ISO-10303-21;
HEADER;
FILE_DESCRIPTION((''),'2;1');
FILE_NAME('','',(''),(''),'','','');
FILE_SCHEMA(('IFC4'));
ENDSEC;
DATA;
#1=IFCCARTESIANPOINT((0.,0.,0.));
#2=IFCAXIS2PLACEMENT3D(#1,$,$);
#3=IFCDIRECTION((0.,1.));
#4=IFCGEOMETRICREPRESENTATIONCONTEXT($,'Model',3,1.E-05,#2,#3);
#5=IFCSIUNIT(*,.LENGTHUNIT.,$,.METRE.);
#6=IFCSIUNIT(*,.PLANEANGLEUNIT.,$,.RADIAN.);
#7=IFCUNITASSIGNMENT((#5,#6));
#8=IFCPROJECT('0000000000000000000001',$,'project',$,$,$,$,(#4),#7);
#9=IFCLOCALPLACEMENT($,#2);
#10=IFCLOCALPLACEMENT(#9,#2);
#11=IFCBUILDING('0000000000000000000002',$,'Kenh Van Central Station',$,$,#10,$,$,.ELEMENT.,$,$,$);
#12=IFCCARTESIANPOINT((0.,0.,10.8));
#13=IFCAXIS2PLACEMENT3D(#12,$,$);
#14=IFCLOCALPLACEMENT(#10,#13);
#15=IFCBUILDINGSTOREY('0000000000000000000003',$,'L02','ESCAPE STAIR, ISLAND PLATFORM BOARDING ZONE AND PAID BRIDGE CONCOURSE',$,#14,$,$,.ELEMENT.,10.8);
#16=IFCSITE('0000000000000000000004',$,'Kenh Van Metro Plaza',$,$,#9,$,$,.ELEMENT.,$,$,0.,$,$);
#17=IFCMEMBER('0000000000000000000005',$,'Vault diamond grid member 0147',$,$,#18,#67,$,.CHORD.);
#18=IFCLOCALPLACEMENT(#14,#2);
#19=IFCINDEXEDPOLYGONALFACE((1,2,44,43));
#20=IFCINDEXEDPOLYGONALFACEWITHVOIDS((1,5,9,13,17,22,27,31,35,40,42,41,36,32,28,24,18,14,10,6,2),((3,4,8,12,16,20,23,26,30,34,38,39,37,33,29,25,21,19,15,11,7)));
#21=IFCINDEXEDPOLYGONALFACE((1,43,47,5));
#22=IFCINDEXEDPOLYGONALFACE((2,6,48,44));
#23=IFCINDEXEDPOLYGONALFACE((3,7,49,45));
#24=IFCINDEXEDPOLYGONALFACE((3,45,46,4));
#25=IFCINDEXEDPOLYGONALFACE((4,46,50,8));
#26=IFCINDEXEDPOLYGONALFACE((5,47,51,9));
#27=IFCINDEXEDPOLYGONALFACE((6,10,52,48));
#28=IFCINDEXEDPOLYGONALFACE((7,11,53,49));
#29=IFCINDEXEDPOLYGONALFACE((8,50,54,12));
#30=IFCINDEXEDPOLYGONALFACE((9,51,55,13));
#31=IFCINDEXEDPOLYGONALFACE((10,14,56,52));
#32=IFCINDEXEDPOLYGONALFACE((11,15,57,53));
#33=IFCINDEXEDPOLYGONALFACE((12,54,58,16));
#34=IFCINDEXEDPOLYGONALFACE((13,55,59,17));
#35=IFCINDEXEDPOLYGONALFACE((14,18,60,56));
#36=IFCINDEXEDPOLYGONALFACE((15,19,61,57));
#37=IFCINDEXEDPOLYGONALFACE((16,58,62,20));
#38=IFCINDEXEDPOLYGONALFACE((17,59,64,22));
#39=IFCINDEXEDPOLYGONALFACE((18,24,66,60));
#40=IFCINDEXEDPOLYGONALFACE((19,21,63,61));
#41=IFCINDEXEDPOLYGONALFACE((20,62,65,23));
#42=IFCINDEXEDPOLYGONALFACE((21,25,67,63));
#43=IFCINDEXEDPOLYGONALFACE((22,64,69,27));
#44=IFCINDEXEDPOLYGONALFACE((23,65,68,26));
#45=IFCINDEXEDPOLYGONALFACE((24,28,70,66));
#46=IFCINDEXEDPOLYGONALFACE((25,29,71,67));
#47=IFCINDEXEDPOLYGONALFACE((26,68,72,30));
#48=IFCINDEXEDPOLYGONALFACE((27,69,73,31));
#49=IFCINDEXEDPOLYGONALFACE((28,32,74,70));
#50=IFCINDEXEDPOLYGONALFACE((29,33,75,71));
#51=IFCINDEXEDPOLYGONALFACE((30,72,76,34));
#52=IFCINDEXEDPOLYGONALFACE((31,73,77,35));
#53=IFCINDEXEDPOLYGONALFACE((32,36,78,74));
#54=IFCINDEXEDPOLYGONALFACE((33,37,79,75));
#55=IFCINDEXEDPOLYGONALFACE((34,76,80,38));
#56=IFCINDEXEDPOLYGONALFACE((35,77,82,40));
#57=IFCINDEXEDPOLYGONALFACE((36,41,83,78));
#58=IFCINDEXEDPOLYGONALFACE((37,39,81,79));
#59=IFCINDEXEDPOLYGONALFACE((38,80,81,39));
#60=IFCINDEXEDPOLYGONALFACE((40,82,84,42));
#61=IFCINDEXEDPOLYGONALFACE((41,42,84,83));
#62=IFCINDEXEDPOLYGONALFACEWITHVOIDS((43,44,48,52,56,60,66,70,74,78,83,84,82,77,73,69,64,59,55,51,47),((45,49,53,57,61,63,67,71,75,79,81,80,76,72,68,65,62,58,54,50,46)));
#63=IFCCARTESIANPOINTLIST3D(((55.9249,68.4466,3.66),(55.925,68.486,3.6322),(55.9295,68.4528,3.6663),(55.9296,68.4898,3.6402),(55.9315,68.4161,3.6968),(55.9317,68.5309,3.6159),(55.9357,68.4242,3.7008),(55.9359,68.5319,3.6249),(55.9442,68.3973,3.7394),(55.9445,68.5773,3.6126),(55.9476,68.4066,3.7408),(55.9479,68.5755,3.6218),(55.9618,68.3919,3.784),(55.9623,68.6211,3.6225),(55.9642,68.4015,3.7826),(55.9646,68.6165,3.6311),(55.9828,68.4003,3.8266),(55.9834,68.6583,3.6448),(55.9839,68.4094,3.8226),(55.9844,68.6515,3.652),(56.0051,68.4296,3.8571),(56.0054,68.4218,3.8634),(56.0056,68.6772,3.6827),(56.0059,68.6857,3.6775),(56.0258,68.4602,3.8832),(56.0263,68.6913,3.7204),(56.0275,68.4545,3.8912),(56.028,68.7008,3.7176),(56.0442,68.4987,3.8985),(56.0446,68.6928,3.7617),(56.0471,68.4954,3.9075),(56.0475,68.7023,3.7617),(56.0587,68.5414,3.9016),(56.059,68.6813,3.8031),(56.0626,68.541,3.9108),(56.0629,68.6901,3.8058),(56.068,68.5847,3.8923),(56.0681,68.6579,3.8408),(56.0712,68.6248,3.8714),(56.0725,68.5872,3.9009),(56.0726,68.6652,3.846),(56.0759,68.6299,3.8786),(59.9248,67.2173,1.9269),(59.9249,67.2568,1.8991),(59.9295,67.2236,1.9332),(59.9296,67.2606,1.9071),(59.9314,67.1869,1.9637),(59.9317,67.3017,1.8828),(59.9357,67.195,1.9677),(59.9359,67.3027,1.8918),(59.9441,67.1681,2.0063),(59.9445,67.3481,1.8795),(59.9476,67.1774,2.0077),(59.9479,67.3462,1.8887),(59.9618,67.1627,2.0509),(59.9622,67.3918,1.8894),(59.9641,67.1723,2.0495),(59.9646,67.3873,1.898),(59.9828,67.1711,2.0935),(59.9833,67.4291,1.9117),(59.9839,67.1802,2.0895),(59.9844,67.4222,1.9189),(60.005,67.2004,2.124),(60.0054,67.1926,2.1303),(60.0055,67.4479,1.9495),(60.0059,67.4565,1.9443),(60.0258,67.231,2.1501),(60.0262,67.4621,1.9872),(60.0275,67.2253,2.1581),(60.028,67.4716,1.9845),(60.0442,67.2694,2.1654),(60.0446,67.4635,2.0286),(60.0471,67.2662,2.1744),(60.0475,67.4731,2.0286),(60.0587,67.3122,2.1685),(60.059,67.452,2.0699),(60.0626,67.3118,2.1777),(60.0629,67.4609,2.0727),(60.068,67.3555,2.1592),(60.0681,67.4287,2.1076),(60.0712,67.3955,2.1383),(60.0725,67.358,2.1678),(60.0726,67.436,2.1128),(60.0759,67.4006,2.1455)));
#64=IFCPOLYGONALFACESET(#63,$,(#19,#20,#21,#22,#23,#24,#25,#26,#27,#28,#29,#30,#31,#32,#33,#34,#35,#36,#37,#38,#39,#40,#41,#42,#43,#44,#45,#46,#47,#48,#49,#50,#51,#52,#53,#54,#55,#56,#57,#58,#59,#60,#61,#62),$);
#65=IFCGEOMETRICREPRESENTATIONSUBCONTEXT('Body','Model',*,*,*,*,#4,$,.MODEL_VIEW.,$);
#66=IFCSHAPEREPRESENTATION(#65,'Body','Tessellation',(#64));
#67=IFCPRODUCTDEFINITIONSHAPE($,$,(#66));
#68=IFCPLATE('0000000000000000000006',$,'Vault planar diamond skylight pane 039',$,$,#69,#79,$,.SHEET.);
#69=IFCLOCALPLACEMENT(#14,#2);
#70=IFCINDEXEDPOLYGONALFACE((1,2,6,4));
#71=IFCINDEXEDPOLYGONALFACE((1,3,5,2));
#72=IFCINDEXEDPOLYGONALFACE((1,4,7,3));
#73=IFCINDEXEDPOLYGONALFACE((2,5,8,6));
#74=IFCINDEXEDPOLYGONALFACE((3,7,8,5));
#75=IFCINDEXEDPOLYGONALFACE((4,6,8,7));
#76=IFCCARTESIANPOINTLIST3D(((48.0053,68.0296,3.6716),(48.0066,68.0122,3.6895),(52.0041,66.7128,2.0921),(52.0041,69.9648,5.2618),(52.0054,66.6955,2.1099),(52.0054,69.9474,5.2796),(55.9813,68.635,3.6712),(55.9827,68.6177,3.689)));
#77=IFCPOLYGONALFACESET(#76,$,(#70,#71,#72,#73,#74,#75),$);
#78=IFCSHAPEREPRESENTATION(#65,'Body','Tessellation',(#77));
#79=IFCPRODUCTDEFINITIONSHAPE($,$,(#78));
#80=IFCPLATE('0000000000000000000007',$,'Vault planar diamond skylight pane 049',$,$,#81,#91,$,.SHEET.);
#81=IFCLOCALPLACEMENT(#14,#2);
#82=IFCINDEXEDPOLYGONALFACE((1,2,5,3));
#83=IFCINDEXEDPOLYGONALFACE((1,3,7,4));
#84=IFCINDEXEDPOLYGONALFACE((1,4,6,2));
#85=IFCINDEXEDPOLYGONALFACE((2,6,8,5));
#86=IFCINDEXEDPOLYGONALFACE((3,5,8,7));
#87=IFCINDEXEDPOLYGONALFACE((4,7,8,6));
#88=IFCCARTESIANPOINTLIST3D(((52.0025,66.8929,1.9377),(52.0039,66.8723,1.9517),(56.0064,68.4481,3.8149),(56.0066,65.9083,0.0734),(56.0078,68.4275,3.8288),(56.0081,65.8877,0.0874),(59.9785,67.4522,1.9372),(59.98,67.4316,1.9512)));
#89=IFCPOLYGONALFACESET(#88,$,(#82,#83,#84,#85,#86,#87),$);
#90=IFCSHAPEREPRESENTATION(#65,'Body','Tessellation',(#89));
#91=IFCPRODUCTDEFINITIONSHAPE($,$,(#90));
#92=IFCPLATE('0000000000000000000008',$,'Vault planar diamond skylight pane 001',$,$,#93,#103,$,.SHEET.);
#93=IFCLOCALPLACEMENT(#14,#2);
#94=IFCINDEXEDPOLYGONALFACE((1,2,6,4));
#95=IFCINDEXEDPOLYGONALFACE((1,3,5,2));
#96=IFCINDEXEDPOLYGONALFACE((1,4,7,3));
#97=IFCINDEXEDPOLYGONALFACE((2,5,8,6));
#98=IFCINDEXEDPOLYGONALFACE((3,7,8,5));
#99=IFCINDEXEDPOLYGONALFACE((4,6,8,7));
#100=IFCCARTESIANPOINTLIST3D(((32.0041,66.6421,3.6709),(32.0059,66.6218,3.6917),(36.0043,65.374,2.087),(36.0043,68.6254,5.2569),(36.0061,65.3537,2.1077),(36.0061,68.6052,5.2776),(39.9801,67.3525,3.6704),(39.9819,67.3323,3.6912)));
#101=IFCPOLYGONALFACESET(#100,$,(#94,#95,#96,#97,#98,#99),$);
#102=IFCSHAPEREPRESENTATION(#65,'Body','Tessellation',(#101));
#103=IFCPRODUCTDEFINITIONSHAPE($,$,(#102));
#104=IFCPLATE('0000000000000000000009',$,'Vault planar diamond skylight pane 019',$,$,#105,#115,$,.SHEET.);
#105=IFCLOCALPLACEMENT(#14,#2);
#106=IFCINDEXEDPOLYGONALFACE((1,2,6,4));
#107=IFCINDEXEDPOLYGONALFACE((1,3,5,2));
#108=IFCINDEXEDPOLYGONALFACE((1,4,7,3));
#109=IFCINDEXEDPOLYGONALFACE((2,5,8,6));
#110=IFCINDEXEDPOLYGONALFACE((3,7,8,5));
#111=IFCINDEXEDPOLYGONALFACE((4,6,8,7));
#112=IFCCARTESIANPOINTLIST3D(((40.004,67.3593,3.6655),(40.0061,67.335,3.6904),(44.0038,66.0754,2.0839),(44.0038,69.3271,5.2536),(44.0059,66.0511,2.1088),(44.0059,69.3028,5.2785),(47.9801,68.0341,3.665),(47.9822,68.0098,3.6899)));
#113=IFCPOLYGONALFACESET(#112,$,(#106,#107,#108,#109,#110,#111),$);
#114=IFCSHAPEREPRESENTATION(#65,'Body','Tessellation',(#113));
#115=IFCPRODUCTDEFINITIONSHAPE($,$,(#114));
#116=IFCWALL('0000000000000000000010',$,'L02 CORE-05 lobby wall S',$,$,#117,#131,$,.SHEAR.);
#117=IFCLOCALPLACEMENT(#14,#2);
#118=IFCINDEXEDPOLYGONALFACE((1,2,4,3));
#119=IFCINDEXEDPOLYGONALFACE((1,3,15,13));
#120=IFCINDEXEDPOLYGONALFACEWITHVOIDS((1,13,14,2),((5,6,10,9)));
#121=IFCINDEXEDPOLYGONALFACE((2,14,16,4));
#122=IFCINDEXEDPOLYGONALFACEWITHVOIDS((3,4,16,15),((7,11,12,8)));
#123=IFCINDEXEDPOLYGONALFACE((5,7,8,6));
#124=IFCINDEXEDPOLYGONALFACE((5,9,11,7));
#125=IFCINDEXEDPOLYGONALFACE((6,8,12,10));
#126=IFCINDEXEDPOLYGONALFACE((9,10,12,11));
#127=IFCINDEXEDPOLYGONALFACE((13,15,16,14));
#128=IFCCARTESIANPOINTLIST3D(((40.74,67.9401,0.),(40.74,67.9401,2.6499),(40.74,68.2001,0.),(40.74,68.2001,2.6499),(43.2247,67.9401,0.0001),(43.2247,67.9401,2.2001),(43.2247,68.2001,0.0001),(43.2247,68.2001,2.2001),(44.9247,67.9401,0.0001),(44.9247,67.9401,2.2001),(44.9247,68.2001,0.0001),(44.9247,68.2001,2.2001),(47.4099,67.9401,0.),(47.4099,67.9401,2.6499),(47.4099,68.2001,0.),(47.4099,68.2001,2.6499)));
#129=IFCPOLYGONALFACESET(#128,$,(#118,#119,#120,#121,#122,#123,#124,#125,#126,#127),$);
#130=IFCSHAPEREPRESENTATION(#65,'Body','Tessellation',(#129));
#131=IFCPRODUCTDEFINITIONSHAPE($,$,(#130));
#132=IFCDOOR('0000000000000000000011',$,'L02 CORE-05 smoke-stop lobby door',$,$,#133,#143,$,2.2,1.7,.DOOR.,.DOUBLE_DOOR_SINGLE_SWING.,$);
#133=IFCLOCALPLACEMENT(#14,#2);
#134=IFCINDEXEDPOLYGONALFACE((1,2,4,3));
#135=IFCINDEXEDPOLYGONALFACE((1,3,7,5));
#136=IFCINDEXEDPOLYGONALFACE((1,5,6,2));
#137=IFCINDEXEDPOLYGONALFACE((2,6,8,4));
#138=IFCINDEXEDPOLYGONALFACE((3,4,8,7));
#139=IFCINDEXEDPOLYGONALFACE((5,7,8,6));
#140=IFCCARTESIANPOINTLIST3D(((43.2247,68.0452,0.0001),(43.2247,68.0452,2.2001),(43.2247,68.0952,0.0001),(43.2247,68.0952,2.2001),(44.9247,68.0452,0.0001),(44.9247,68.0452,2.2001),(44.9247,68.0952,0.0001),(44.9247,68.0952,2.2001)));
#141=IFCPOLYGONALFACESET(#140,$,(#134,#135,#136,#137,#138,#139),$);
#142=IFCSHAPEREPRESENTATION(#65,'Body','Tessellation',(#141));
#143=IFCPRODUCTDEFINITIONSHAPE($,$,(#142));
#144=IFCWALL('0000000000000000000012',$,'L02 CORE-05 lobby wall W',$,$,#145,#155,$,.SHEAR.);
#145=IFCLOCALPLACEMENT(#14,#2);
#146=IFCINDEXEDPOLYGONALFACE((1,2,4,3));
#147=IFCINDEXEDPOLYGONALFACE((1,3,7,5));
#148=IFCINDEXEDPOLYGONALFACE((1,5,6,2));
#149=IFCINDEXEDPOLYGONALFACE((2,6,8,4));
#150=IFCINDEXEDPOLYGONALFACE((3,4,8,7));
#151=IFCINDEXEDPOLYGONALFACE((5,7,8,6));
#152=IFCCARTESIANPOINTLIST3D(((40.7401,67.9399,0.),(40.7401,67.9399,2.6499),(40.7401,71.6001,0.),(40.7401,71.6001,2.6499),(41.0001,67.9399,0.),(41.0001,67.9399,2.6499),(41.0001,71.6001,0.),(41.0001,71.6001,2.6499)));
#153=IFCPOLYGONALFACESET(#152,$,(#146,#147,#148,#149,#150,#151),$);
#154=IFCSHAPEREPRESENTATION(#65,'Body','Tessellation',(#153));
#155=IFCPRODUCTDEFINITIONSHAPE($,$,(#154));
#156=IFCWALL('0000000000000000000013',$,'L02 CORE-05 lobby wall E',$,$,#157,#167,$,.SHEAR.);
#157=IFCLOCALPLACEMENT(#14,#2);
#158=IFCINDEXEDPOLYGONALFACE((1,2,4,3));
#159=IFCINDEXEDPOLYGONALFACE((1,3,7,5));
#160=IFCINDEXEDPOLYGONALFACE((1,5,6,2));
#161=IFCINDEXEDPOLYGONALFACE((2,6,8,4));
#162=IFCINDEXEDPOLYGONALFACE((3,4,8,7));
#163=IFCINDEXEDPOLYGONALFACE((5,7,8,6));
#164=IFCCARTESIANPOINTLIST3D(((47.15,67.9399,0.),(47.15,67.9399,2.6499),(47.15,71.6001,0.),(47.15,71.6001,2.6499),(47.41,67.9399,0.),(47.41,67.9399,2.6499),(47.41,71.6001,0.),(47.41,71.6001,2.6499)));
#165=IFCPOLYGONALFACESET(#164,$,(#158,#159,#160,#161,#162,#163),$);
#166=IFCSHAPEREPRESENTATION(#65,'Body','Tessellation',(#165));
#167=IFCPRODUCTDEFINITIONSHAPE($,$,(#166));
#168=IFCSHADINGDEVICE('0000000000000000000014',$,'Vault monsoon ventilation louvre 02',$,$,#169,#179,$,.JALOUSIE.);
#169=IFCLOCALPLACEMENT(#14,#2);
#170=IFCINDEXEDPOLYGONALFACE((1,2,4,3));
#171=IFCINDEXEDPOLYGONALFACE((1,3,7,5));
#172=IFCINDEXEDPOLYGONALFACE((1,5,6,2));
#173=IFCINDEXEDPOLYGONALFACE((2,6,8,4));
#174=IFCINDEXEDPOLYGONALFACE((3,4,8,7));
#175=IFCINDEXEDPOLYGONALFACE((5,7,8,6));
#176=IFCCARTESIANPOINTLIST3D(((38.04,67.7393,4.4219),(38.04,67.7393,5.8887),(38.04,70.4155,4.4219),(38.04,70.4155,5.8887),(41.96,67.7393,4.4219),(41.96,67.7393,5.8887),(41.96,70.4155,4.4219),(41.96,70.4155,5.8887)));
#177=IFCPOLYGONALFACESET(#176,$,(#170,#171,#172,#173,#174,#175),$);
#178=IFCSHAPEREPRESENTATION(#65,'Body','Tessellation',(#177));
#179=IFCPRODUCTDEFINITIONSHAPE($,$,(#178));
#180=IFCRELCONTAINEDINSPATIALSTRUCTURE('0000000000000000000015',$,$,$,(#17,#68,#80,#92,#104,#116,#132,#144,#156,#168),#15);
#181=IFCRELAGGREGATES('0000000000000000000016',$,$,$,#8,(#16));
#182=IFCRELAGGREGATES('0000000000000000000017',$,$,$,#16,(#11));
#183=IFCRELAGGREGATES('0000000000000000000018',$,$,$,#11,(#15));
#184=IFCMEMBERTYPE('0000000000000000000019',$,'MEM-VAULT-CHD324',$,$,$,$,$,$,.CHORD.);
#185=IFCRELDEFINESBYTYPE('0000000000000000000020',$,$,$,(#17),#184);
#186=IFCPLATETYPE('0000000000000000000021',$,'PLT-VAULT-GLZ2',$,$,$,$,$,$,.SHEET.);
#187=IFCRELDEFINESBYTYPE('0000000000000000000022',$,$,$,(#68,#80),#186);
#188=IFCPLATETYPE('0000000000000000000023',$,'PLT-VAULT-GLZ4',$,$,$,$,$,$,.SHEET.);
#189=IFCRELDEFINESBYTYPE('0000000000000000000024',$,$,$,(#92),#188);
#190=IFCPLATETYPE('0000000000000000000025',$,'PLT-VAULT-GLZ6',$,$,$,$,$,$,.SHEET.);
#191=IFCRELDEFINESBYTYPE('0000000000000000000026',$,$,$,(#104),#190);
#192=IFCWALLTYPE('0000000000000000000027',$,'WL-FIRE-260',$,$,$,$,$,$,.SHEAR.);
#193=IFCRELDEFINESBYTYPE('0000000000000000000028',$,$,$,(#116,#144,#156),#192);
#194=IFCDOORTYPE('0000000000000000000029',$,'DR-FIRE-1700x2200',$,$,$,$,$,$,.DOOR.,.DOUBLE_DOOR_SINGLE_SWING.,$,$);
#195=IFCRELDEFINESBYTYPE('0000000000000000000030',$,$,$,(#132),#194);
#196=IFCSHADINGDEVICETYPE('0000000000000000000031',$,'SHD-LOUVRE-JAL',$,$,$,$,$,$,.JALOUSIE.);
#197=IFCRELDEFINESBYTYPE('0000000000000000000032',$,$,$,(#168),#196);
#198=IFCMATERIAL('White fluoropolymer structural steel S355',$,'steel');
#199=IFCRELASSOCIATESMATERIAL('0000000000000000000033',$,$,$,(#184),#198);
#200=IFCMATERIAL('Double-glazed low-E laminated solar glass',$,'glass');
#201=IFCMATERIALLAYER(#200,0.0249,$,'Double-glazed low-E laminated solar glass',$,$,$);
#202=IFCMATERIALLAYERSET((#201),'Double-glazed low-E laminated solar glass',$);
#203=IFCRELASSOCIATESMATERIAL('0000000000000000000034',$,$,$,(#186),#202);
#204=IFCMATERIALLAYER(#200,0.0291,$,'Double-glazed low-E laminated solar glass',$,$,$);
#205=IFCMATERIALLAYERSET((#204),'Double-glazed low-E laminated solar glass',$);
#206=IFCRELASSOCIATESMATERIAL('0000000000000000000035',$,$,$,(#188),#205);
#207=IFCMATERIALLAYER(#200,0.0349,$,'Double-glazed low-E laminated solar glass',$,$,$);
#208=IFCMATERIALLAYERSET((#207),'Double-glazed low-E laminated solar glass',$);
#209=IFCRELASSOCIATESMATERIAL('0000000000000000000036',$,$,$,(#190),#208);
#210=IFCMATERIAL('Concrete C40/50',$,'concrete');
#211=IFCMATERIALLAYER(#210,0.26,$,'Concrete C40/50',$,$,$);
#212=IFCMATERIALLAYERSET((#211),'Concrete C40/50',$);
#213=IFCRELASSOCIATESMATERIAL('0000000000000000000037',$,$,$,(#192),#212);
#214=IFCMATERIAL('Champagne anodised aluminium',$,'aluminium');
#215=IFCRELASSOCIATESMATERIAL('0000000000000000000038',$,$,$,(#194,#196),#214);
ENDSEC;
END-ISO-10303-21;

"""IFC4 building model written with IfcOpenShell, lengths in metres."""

from ifc_helpers import new_model, si_unit, direction, frame, frame_2d, origin, origin_2d, place, context, subcontext, project, spatial, polyline, rectangle, hollow_circle, outline, extrude, material, layer, layer_set, material_profile, profile_set, type_object, element, fill, save


model = new_model("IFC4")

# Units and contexts
model_context = context("Model", 3, precision=1e-05, world=origin(), true_north=direction((0.0, 1.0)))
body_context = subcontext(model_context, "Body", "Model", "MODEL_VIEW")
ifc_project = project(units=[si_unit("LENGTHUNIT", "METRE"), si_unit("PLANEANGLEUNIT", "RADIAN")], contexts=[model_context])

# Site, building, storey
site_placement = place(None, origin())
site = spatial("IfcSite", under=ifc_project, at=site_placement, Name="Kenh Van Metro Plaza", CompositionType="ELEMENT", RefElevation=0.0)
building_placement = place(site_placement, origin())
building = spatial("IfcBuilding", under=site, at=building_placement, Name="Kenh Van Central Station", CompositionType="ELEMENT")
storey_placement = place(building_placement, frame((0.0, 0.0, 10.8)))
storey = spatial("IfcBuildingStorey", under=building, at=storey_placement, Name="L02", Description="ESCAPE STAIR, ISLAND PLATFORM BOARDING ZONE AND PAID BRIDGE CONCOURSE", CompositionType="ELEMENT", Elevation=10.8)

# Shared definitions
ifc_material_1 = material(Name="White fluoropolymer structural steel S355", Category="steel")

# Member
ifc_material_profile_1 = material_profile(ifc_material_1, hollow_circle(Radius=0.1619, WallThickness=0.01, at=origin_2d()), Name="CHS 323.9x10")
ifc_profile_set_1 = profile_set([ifc_material_profile_1], Name="White fluoropolymer structural steel S355")
member_type_1 = type_object("IfcMemberType", Name="MEM-VAULT-CHD324", PredefinedType="CHORD", material=ifc_profile_set_1)
member_1_placement = place(storey_placement, frame((56.0, 68.5476, 3.7617), z_axis=(0.883132, -0.271397, -0.382651), x_axis=(0.293754, 0.955881, 0.0)))
element("IfcMember", 1, at=member_1_placement, inside=storey, type_object=member_type_1, Name="Vault diamond grid member 0147", PredefinedType="CHORD", context=body_context, shape_type="SweptSolid", body=[
    extrude(hollow_circle(Radius=0.1619, WallThickness=0.01, at=origin_2d()), origin(), (0.0, 0.0, 1.0), 4.5293),
])

# Plates
ifc_material_2 = material(Name="Double-glazed low-E laminated solar glass", Category="glass")
ifc_layer_1 = layer(ifc_material_2, 0.0249, Name="Double-glazed low-E laminated solar glass")
ifc_layer_set_1 = layer_set([ifc_layer_1], Name="Double-glazed low-E laminated solar glass")
plate_type_1 = type_object("IfcPlateType", Name="PLT-VAULT-GLZ2", PredefinedType="SHEET", material=ifc_layer_set_1)
plate_1_placement = place(storey_placement, frame((48.0066, 68.0122, 3.6895), z_axis=(0.052954, -0.697011, 0.715103), x_axis=(0.889302, -0.292829, -0.351274)))
element("IfcPlate", 2, at=plate_1_placement, inside=storey, type_object=plate_type_1, Name="Vault planar diamond skylight pane 039", PredefinedType="SHEET", context=body_context, shape_type="SweptSolid", body=[
    extrude(outline(polyline([(0.0, 0.0), (4.4965, 0.0), (6.916, 4.0191), (2.4309, 4.0441), (0.0, 0.0)])), origin(), (0.0, 0.0, -1.0), 0.0249),
])
plate_2_placement = place(storey_placement, frame((52.0039, 66.8723, 1.9517), z_axis=(0.057957, -0.825986, 0.560704), x_axis=(0.88484, -0.217572, -0.411972)))
element("IfcPlate", 3, at=plate_2_placement, inside=storey, type_object=plate_type_1, Name="Vault planar diamond skylight pane 049", PredefinedType="SHEET", context=body_context, shape_type="SweptSolid", body=[
    extrude(outline(polyline([(0.0, 0.0), (4.5253, 0.0), (6.9361, 3.9777), (2.4311, 4.0079), (0.0, 0.0)])), origin(), (0.0, 0.0, -1.0), 0.0249),
])
ifc_layer_2 = layer(ifc_material_2, 0.0291, Name="Double-glazed low-E laminated solar glass")
ifc_layer_set_2 = layer_set([ifc_layer_2], Name="Double-glazed low-E laminated solar glass")
plate_type_2 = type_object("IfcPlateType", Name="PLT-VAULT-GLZ4", PredefinedType="SHEET", material=ifc_layer_set_2)
plate_3_placement = place(storey_placement, frame((32.0059, 66.6218, 3.6917), z_axis=(0.062103, -0.696724, 0.714646), x_axis=(0.891835, -0.28272, -0.35313)))
element("IfcPlate", 4, at=plate_3_placement, inside=storey, type_object=plate_type_2, Name="Vault planar diamond skylight pane 001", PredefinedType="SHEET", context=body_context, shape_type="SweptSolid", body=[
    extrude(outline(polyline([(0.0, 0.0), (4.4854, 0.0), (6.9127, 4.042), (2.4468, 4.0576), (0.0, 0.0)])), origin(), (0.0, 0.0, -1.0), 0.0291),
])
ifc_layer_3 = layer(ifc_material_2, 0.0349, Name="Double-glazed low-E laminated solar glass")
ifc_layer_set_3 = layer_set([ifc_layer_3], Name="Double-glazed low-E laminated solar glass")
plate_type_3 = type_object("IfcPlateType", Name="PLT-VAULT-GLZ6", PredefinedType="SHEET", material=ifc_layer_set_3)
plate_4_placement = place(storey_placement, frame((40.0061, 67.335, 3.6904), z_axis=(0.058996, -0.696801, 0.714834), x_axis=(0.891085, -0.28603, -0.352356)))
element("IfcPlate", 5, at=plate_4_placement, inside=storey, type_object=plate_type_3, Name="Vault planar diamond skylight pane 019", PredefinedType="SHEET", context=body_context, shape_type="SweptSolid", body=[
    extrude(outline(polyline([(0.0, 0.0), (4.4886, 0.0), (6.9145, 4.0327), (2.4417, 4.0535), (0.0, 0.0)])), origin(), (0.0, 0.0, -1.0), 0.0349),
])

# Wall, opening, door
ifc_material_3 = material(Name="Concrete C40/50", Category="concrete")
ifc_layer_4 = layer(ifc_material_3, 0.26, Name="Concrete C40/50")
ifc_layer_set_4 = layer_set([ifc_layer_4], Name="Concrete C40/50")
wall_type = type_object("IfcWallType", Name="WL-FIRE-260", PredefinedType="SHEAR", material=ifc_layer_set_4)
wall_placement = place(storey_placement, frame((47.4099, 68.0701, 0.0), z_axis=(0.0, 0.0, 1.0), x_axis=(-1.0, 0.0, 0.0)))
wall = element("IfcWall", 6, at=wall_placement, inside=storey, type_object=wall_type, Name="L02 CORE-05 lobby wall S", PredefinedType="SHEAR", context=body_context, shape_type="SweptSolid", body=[
    extrude(rectangle(XDim=6.6699, YDim=0.26, at=frame_2d((3.335, 0.0))), origin(), (0.0, 0.0, 1.0), 2.6499),
])
opening_placement = place(wall_placement, frame((2.4851, 0.0, 0.0)))
opening = element("IfcOpeningElement", 7, at=opening_placement, cuts=wall, PredefinedType="OPENING", context=body_context, shape_type="SweptSolid", body=[
    extrude(rectangle(XDim=1.7, YDim=2.2, at=frame_2d((0.8501, 1.1001))), frame((0.0, 0.1399, 0.0), z_axis=(0.0, -1.0, 0.0), x_axis=(1.0, 0.0, 0.0)), (0.0, 0.0, 1.0), 0.28),
])
ifc_material_4 = material(Name="Champagne anodised aluminium", Category="aluminium")
door_type = type_object("IfcDoorType", Name="DR-FIRE-1700x2200", OperationType="DOUBLE_DOOR_SINGLE_SWING", PredefinedType="DOOR", material=ifc_material_4)
door_placement = place(opening_placement, origin())
door = element("IfcDoor", 8, at=door_placement, inside=storey, type_object=door_type, Name="L02 CORE-05 smoke-stop lobby door", OperationType="DOUBLE_DOOR_SINGLE_SWING", OverallHeight=2.2, OverallWidth=1.7, PredefinedType="DOOR", context=body_context, shape_type="SweptSolid", body=[
    extrude(rectangle(XDim=1.7, YDim=2.2, at=frame_2d((0.8501, 1.1001))), frame((0.0, 0.0249, 0.0), z_axis=(0.0, -1.0, 0.0), x_axis=(1.0, 0.0, 0.0)), (0.0, 0.0, 1.0), 0.05),
])
fill(opening, door)

# Walls
for number, where, z_axis, x_axis, name in (
    (9, (40.8701, 67.9399, 0.0), (0.0, 0.0, 1.0), (0.0, 1.0, 0.0), "L02 CORE-05 lobby wall W"),
    (10, (47.28, 67.9399, 0.0), (0.0, 0.0, 1.0), (0.0, 1.0, 0.0), "L02 CORE-05 lobby wall E"),
):
    element("IfcWall", number, at=place(storey_placement, frame(where, z_axis=z_axis, x_axis=x_axis)), inside=storey, type_object=wall_type, Name=name, PredefinedType="SHEAR", context=body_context, shape_type="SweptSolid", body=[
        extrude(rectangle(XDim=3.6602, YDim=0.26, at=frame_2d((1.8301, 0.0))), origin(), (0.0, 0.0, 1.0), 2.6499),
    ])

# Shading device
shading_device_type = type_object("IfcShadingDeviceType", Name="SHD-LOUVRE-JAL", PredefinedType="JALOUSIE", material=ifc_material_4)
shading_device_placement = place(storey_placement, frame((40.0, 69.0774, 4.4219), z_axis=(0.0, 0.0, 1.0), x_axis=(1.0, 0.0, 0.0)))
element("IfcShadingDevice", 11, at=shading_device_placement, inside=storey, type_object=shading_device_type, Name="Vault monsoon ventilation louvre 02", PredefinedType="JALOUSIE", context=body_context, shape_type="SweptSolid", body=[
    extrude(rectangle(XDim=3.9199, YDim=2.6763, at=origin_2d()), origin(), (0.0, 0.0, 1.0), 1.4668),
])

save(model, "model.ifc")
